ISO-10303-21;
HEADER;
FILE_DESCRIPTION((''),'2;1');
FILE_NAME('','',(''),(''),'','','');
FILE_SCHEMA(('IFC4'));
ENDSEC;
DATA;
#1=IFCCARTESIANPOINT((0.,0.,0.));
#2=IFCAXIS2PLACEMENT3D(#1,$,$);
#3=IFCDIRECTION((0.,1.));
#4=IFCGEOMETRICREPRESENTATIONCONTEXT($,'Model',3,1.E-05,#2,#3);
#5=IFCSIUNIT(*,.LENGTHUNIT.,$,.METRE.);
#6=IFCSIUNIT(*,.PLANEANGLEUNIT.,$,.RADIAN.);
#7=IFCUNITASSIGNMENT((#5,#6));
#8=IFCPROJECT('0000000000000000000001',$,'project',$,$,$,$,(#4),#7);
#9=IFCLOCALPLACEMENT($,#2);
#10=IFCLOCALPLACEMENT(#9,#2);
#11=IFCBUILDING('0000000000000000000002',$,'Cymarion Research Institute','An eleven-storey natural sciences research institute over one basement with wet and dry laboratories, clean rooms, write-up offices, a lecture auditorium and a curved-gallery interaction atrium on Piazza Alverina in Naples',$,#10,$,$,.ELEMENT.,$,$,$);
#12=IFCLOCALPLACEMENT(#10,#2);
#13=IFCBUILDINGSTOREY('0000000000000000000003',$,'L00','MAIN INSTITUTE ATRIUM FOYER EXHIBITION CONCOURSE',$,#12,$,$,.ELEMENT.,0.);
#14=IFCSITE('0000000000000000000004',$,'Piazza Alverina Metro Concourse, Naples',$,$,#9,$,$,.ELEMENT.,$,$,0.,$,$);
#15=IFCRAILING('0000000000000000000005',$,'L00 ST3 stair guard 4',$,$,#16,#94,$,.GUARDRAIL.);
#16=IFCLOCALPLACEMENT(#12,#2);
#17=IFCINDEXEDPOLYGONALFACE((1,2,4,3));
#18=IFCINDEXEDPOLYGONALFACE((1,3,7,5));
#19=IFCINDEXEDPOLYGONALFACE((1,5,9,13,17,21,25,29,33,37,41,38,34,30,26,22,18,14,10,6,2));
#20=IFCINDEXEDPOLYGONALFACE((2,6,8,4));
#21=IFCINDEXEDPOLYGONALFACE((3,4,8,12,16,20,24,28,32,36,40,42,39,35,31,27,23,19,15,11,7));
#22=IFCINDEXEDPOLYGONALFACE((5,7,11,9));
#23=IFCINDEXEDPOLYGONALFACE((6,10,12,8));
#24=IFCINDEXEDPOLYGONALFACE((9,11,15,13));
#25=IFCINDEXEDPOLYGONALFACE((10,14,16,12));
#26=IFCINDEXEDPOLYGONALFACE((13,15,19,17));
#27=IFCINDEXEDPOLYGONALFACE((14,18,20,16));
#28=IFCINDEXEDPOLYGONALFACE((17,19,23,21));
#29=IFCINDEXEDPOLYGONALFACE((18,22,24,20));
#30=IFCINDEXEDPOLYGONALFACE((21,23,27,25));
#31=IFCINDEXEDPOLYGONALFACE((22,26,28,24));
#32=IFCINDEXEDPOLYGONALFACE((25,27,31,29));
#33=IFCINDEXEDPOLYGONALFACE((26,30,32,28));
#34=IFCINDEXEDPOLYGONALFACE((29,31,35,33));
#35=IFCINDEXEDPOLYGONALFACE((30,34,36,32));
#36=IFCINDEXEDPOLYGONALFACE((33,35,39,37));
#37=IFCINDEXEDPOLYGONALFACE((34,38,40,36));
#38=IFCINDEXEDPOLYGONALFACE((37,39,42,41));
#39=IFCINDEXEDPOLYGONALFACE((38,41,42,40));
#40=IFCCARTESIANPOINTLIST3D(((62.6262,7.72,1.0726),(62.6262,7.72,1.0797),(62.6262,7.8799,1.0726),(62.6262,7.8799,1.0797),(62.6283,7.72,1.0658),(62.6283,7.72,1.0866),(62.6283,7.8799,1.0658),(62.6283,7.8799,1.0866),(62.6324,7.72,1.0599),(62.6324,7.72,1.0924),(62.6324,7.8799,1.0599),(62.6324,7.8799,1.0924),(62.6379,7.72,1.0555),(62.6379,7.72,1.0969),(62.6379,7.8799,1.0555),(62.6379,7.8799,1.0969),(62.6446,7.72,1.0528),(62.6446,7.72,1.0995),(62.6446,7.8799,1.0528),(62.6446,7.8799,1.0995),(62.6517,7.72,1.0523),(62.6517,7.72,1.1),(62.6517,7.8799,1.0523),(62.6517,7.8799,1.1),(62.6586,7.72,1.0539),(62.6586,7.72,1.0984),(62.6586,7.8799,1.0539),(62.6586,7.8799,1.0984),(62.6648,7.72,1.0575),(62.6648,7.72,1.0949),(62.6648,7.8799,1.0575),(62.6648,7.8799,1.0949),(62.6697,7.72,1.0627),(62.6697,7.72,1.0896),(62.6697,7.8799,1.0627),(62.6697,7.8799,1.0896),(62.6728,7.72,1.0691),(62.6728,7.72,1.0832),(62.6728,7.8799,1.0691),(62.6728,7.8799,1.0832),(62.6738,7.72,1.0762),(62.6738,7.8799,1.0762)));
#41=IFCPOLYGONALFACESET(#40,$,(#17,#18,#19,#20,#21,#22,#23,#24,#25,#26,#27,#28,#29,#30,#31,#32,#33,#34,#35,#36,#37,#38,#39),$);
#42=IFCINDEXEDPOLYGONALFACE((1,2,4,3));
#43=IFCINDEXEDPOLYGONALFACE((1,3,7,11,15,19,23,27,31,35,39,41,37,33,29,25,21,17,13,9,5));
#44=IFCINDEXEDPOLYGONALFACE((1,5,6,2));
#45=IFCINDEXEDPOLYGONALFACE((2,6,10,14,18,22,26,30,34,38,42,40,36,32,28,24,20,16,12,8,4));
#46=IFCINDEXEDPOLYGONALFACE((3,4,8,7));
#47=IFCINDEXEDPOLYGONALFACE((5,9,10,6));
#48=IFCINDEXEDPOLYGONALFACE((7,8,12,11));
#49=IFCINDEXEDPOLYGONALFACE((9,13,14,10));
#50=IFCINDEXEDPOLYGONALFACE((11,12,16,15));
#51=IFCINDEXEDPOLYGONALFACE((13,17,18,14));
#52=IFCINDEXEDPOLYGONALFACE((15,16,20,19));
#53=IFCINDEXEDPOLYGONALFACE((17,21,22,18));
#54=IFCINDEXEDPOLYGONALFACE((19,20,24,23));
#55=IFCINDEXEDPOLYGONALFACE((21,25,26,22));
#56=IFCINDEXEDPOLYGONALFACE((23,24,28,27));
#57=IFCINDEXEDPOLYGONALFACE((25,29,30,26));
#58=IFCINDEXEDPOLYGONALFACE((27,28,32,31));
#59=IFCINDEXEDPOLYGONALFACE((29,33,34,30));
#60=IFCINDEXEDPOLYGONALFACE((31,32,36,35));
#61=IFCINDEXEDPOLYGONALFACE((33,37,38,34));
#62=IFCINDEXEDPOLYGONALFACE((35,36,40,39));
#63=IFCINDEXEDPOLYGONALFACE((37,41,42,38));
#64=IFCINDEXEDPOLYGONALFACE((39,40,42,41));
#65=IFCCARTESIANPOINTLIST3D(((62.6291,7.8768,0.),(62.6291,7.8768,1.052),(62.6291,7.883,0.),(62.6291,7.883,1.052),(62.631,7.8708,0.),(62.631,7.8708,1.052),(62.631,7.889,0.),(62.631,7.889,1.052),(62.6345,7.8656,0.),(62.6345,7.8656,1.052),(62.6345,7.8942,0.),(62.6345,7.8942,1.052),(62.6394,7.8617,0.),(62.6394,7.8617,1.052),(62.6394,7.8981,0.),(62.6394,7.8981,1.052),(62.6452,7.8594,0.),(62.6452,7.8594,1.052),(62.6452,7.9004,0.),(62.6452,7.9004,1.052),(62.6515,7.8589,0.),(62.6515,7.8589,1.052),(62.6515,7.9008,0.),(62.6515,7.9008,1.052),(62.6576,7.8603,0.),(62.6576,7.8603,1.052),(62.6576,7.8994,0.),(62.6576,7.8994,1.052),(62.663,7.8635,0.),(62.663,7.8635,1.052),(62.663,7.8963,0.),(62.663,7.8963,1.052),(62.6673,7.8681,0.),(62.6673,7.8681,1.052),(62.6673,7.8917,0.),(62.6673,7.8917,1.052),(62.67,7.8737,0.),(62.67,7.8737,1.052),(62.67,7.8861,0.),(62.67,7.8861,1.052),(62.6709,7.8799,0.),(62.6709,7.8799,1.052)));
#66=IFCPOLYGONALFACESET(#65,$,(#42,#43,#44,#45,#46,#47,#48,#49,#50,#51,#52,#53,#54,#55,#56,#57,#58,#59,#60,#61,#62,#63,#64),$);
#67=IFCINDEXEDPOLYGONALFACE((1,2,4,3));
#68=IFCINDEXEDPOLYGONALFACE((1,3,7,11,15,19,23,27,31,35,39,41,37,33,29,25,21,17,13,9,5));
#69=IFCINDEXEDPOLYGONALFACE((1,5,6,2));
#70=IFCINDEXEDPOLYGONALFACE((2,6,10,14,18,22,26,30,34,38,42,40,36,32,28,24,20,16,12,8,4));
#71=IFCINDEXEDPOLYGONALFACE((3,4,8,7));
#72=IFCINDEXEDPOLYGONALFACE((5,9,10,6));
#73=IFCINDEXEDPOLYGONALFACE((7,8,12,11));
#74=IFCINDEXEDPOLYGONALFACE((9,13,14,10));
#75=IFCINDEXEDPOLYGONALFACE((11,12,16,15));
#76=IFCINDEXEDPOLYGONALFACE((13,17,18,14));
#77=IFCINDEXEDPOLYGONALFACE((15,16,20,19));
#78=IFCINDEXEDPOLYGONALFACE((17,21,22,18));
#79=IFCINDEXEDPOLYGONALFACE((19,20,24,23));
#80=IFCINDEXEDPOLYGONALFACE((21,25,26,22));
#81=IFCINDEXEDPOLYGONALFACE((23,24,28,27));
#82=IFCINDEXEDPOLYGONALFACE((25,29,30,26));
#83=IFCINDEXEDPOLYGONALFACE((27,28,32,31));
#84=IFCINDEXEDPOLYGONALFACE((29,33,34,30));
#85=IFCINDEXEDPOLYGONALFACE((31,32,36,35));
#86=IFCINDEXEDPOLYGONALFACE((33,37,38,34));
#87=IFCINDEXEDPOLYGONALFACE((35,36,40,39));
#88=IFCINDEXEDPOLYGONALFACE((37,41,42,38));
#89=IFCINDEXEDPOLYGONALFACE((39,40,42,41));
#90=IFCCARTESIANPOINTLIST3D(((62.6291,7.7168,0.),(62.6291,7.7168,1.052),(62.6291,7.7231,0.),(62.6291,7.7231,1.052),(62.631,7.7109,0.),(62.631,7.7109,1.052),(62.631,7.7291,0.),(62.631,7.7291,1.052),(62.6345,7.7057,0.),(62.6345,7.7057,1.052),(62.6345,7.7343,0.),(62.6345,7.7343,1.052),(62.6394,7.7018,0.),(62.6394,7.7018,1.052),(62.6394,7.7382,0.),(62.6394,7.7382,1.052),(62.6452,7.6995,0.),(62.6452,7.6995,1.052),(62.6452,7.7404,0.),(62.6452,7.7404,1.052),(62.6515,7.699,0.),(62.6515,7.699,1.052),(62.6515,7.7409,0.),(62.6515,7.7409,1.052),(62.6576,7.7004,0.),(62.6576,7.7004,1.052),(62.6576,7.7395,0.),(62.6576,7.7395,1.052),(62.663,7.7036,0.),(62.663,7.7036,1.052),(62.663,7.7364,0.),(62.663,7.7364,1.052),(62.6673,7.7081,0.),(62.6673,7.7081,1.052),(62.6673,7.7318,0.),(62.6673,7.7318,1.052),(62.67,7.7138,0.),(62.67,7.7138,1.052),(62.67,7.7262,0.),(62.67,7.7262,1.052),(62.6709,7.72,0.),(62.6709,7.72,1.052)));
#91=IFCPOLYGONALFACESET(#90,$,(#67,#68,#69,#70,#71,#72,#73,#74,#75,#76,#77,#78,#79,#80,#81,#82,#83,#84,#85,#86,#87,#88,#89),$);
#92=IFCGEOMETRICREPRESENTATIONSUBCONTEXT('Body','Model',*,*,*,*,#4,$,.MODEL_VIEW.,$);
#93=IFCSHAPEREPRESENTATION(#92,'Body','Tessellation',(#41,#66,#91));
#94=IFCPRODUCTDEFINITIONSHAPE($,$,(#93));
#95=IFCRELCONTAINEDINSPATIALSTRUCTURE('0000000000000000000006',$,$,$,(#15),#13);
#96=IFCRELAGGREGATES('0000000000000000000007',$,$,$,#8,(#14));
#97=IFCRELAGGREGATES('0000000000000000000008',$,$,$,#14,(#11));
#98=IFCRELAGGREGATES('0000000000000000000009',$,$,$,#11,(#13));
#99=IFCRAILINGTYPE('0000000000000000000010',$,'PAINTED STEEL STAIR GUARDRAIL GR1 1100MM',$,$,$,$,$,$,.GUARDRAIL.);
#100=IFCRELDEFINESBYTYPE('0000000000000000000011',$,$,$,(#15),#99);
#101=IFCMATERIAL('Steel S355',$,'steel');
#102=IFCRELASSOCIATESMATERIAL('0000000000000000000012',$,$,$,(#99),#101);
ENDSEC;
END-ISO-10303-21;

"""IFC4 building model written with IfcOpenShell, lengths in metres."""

from ifc_helpers import new_model, si_unit, direction, frame, origin, origin_2d, place, context, subcontext, project, spatial, circle, extrude, material, type_object, element, save


model = new_model("IFC4")

# Units and contexts
model_context = context("Model", 3, precision=1e-05, world=origin(), true_north=direction((0.0, 1.0)))
body_context = subcontext(model_context, "Body", "Model", "MODEL_VIEW")
ifc_project = project(units=[si_unit("LENGTHUNIT", "METRE"), si_unit("PLANEANGLEUNIT", "RADIAN")], contexts=[model_context])

# Site, building, storey
site_placement = place(None, origin())
site = spatial("IfcSite", under=ifc_project, at=site_placement, Name="Piazza Alverina Metro Concourse, Naples", CompositionType="ELEMENT", RefElevation=0.0)
building_placement = place(site_placement, origin())
building = spatial("IfcBuilding", under=site, at=building_placement, Name="Cymarion Research Institute", Description="An eleven-storey natural sciences research institute over one basement with wet and dry laboratories, clean rooms, write-up offices, a lecture auditorium and a curved-gallery interaction atrium on Piazza Alverina in Naples", CompositionType="ELEMENT")
storey_placement = place(building_placement, origin())
storey = spatial("IfcBuildingStorey", under=building, at=storey_placement, Name="L00", Description="MAIN INSTITUTE ATRIUM FOYER EXHIBITION CONCOURSE", CompositionType="ELEMENT", Elevation=0.0)

# Shared definitions
ifc_material_1 = material(Name="Steel S355", Category="steel")

# Railing
railing_type_1 = type_object("IfcRailingType", Name="PAINTED STEEL STAIR GUARDRAIL GR1 1100MM", PredefinedType="GUARDRAIL", material=ifc_material_1)
railing_1_placement = place(storey_placement, frame((62.6499, 7.8799, 0.0)))
element("IfcRailing", 1, at=railing_1_placement, inside=storey, type_object=railing_type_1, Name="L00 ST3 stair guard 4", PredefinedType="GUARDRAIL", context=body_context, shape_type="SweptSolid", body=[
    extrude(circle(Radius=0.0239, at=origin_2d()), frame((0.0, 0.0, 1.0762), z_axis=(0.0, -1.0, 0.0), x_axis=(1.0, 0.0, 0.0)), (0.0, 0.0, 1.0), 0.1599),
    extrude(circle(Radius=0.021, at=origin_2d()), origin(), (0.0, 0.0, 1.0), 1.052),
    extrude(circle(Radius=0.021, at=origin_2d()), frame((0.0, -0.1599, 0.0)), (0.0, 0.0, 1.0), 1.052),
])

save(model, "model.ifc")
